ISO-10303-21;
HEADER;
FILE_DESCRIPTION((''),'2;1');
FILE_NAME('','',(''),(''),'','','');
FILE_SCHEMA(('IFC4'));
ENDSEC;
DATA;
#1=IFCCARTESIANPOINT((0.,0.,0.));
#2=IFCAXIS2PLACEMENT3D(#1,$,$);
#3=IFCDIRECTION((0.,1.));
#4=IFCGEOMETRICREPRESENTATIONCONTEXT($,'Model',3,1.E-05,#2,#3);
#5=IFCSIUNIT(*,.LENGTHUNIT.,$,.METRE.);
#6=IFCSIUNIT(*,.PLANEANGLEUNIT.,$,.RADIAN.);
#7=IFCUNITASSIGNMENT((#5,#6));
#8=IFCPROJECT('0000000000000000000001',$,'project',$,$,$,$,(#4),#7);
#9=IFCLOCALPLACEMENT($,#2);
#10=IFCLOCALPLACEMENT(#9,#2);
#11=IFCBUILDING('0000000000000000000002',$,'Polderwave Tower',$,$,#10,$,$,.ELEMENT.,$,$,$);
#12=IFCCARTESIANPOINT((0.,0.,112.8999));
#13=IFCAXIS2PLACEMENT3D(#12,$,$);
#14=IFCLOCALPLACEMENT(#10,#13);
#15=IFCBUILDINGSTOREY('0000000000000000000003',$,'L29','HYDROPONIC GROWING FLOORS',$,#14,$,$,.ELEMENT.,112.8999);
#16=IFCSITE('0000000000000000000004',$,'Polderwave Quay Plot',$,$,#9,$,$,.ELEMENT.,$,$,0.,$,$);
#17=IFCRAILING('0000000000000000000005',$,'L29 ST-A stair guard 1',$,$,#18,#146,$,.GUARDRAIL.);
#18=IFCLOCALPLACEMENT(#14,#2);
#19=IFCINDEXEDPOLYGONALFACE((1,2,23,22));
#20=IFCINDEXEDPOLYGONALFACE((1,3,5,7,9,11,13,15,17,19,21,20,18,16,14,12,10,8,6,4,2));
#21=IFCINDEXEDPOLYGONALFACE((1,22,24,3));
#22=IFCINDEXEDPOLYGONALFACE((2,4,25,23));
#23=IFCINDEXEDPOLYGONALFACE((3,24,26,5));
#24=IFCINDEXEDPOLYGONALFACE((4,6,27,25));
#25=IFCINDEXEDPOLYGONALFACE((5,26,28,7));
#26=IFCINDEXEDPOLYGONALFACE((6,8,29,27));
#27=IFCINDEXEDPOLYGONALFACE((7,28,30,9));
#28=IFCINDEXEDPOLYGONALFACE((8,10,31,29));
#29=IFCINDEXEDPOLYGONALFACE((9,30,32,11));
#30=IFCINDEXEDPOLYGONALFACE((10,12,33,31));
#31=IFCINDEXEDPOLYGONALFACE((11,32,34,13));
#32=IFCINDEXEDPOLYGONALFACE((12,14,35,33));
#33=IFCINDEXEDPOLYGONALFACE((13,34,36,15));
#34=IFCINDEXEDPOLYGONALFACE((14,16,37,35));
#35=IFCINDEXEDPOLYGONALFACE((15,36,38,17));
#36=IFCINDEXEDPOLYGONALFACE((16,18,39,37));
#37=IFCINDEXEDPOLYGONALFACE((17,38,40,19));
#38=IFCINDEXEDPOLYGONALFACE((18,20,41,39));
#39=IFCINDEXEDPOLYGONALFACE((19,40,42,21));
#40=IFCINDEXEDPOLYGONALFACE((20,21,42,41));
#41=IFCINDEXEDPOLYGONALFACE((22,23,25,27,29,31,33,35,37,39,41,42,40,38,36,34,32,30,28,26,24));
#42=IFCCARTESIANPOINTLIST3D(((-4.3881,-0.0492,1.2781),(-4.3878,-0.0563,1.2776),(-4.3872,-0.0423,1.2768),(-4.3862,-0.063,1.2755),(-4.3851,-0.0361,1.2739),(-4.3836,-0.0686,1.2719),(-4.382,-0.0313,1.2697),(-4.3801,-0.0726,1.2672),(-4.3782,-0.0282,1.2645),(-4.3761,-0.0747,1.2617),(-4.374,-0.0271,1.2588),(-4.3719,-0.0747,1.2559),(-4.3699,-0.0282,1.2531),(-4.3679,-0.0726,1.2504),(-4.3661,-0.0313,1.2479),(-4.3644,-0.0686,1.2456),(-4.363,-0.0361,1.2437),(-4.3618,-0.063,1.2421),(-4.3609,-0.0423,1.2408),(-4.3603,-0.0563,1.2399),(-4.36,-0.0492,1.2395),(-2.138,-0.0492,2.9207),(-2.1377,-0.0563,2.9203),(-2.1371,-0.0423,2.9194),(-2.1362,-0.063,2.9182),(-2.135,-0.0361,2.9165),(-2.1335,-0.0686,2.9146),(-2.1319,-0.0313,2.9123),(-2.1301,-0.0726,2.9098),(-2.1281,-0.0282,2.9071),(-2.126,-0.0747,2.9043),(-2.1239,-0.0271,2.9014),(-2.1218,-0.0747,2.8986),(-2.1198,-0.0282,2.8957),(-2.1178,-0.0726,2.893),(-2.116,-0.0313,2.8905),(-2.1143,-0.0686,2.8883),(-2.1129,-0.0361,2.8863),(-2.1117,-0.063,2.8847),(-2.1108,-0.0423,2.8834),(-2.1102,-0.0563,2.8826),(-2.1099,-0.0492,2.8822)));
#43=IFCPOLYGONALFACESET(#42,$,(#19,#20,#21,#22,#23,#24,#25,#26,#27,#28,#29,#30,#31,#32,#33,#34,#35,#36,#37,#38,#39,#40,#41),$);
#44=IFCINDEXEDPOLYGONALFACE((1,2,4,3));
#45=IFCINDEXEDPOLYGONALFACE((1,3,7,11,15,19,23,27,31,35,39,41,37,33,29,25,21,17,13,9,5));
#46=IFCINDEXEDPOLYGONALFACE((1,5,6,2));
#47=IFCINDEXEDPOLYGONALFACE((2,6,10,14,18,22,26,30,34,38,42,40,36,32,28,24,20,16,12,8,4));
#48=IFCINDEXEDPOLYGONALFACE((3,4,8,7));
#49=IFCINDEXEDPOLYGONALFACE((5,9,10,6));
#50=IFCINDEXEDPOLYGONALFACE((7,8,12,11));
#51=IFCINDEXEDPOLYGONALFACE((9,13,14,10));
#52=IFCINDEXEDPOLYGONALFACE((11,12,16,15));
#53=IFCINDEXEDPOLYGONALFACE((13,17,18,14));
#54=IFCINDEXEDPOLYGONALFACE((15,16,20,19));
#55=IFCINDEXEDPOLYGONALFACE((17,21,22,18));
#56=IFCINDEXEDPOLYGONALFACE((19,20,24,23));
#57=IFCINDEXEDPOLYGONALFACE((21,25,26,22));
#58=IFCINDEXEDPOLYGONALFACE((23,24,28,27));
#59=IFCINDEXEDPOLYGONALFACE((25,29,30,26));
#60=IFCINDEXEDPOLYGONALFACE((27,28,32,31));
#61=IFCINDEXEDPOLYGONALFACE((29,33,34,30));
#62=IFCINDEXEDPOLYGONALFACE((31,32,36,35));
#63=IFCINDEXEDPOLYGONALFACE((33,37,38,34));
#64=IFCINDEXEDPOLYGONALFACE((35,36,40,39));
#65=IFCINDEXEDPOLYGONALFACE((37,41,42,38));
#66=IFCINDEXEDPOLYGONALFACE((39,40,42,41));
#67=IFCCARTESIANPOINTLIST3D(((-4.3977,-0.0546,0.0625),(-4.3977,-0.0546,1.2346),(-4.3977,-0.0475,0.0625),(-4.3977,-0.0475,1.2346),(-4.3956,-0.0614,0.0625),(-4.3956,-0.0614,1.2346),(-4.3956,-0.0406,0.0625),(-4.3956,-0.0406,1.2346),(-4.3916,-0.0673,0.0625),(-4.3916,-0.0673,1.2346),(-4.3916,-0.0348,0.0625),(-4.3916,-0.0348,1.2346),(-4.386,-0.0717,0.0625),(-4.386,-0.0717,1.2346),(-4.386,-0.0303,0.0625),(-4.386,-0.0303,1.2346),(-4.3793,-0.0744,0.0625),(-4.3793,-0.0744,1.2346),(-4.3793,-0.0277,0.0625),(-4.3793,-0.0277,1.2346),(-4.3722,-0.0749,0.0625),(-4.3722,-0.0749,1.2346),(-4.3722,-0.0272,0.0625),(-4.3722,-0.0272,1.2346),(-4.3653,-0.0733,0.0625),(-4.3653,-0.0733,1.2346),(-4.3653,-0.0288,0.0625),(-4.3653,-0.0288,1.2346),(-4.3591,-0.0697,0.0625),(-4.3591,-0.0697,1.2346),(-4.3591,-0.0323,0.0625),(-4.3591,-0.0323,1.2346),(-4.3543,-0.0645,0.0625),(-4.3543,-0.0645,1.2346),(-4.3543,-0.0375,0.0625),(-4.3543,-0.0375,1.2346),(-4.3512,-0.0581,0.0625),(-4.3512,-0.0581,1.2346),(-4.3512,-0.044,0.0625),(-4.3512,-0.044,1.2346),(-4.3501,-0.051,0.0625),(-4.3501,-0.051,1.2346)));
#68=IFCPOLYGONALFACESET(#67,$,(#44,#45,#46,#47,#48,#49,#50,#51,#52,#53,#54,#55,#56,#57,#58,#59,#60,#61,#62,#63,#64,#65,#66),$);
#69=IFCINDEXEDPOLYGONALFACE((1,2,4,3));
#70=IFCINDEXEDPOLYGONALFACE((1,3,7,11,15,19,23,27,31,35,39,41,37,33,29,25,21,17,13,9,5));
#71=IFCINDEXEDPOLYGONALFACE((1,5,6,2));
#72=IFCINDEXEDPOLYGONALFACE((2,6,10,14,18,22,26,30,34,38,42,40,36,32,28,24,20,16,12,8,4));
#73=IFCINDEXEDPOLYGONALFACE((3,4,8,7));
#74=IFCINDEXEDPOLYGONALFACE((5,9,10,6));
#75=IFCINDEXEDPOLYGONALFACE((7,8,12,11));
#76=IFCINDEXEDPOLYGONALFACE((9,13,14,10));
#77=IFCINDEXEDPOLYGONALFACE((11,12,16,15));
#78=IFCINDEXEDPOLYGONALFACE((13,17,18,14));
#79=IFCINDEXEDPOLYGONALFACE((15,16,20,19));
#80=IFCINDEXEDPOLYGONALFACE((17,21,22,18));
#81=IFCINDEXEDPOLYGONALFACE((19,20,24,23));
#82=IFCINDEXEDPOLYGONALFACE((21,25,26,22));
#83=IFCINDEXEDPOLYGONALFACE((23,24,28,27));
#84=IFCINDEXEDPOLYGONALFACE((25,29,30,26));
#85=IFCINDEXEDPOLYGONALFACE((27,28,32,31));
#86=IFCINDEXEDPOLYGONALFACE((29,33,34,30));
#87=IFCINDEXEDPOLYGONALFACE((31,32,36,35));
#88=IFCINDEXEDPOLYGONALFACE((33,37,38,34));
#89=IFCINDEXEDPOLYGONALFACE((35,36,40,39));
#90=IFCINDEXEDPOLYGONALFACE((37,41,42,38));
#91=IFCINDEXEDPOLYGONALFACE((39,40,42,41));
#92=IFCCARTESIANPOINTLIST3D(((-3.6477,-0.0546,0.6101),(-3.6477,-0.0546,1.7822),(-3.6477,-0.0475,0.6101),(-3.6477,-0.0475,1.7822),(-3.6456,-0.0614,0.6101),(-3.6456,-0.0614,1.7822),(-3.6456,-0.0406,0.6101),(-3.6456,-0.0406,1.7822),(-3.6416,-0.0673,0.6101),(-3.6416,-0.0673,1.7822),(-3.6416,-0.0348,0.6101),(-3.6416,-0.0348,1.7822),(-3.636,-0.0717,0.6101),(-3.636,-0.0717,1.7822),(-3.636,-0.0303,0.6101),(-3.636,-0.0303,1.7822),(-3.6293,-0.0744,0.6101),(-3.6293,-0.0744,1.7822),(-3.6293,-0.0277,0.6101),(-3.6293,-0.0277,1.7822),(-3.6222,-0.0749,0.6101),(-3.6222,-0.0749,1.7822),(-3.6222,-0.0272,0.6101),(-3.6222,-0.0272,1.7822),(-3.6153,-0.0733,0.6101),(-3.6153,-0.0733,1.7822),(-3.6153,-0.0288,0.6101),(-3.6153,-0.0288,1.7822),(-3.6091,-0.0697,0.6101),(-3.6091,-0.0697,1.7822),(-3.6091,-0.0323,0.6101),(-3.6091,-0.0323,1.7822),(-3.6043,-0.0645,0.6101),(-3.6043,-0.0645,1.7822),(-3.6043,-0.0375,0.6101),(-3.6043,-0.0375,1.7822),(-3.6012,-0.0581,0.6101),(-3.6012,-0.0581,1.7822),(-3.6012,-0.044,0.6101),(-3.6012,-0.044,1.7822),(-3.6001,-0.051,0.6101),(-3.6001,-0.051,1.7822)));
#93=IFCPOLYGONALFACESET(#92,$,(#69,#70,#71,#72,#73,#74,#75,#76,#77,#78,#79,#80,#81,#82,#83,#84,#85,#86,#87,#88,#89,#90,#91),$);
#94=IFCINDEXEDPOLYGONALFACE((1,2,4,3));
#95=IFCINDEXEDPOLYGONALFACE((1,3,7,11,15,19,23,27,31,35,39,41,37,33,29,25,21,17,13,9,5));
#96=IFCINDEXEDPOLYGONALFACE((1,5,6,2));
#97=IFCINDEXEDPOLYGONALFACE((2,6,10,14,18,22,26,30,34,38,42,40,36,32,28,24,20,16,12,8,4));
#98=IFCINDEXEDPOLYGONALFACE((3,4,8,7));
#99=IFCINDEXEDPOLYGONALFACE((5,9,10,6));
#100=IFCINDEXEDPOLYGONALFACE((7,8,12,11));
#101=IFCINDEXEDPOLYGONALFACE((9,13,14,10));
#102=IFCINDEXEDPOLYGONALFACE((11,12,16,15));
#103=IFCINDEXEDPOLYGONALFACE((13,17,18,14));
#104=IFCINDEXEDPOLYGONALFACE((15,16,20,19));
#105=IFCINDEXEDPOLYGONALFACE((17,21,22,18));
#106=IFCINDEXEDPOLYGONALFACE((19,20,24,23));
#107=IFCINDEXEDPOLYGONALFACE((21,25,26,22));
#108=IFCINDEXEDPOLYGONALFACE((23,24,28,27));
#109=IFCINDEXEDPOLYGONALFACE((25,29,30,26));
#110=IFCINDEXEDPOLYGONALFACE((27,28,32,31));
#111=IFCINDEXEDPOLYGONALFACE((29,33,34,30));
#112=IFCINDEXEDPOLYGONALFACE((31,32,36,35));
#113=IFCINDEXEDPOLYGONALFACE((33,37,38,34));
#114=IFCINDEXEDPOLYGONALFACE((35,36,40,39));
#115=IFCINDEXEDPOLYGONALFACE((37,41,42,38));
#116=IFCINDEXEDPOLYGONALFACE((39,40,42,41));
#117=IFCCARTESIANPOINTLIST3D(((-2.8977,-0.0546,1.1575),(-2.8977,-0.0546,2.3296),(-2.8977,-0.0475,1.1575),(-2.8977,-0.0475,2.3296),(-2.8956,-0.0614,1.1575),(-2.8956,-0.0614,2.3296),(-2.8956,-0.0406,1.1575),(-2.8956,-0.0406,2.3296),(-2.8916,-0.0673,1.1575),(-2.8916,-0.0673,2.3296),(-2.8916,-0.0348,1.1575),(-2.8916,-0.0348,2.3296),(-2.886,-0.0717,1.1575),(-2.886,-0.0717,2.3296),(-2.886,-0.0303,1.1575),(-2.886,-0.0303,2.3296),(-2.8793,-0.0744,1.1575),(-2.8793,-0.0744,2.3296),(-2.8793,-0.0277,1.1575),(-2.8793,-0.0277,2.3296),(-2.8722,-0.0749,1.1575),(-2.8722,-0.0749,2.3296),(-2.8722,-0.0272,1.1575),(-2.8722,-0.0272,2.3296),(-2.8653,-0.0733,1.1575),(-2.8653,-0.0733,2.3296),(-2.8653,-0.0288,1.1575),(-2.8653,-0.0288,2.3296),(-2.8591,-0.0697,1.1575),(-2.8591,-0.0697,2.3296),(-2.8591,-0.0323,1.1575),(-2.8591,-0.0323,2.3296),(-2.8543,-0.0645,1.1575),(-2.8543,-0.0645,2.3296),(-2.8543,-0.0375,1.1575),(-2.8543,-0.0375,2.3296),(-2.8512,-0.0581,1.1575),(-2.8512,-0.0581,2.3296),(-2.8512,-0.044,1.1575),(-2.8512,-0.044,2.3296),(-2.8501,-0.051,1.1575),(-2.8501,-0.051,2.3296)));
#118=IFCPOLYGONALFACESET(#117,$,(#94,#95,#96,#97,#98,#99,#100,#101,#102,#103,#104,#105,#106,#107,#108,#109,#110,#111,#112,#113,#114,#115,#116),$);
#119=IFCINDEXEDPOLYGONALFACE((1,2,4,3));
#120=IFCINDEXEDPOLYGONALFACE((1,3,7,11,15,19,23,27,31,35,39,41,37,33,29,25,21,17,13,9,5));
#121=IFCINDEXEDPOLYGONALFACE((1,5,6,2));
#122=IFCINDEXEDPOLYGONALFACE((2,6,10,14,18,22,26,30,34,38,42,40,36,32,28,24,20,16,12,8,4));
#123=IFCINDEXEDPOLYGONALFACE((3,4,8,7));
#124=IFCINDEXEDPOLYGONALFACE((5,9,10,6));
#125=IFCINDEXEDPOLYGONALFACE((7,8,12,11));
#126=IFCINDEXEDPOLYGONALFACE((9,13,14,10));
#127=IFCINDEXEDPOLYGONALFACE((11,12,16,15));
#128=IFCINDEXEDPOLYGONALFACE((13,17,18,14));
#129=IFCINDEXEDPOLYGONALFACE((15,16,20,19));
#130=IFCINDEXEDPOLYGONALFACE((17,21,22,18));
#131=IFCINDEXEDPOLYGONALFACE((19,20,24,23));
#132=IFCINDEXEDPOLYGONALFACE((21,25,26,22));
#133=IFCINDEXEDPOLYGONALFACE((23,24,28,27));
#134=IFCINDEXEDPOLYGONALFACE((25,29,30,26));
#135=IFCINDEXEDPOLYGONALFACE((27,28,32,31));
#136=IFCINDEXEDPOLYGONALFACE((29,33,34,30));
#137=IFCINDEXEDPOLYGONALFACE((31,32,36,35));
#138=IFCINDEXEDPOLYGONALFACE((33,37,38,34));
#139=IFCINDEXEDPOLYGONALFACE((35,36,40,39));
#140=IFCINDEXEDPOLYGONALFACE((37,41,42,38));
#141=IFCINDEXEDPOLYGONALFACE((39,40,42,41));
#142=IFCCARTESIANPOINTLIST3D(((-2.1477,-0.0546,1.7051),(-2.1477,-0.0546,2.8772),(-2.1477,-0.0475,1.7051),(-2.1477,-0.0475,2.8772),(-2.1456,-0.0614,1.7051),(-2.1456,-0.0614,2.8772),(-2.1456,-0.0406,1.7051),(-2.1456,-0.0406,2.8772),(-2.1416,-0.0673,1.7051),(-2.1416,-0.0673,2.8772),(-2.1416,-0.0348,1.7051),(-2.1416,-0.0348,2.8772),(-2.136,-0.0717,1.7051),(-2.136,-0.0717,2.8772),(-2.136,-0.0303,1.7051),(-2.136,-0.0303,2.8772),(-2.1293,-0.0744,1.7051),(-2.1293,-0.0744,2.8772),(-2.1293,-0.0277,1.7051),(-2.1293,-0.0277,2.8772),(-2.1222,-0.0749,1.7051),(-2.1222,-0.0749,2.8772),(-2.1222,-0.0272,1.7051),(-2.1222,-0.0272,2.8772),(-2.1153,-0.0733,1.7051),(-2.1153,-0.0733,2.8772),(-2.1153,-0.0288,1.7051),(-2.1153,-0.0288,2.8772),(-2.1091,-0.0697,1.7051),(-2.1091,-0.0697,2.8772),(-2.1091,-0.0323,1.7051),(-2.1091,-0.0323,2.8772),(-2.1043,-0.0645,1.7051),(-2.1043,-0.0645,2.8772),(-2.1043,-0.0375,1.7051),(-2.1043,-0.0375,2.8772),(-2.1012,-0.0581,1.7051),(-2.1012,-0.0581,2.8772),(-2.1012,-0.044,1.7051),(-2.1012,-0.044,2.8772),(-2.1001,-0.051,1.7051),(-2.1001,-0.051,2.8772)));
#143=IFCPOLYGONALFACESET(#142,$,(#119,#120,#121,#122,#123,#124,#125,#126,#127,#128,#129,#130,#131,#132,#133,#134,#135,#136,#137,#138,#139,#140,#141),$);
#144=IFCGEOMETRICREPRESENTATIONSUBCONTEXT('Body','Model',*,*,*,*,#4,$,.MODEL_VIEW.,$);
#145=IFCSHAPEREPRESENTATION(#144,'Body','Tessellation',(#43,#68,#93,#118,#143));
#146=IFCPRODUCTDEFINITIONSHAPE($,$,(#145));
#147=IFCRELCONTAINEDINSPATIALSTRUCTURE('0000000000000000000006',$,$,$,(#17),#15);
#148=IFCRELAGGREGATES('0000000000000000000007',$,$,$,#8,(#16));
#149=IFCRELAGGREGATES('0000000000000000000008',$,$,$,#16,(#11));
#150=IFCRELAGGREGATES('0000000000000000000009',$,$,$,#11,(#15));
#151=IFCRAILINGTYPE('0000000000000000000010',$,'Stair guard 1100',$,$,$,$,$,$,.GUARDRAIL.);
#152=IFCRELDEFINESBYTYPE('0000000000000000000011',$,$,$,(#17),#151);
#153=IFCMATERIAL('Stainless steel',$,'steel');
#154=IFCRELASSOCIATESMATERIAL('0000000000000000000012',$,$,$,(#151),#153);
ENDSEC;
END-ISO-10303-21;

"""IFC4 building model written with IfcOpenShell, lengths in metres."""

from ifc_helpers import new_model, si_unit, direction, frame, origin, origin_2d, place, context, subcontext, project, spatial, circle, extrude, material, type_object, element, save


model = new_model("IFC4")

# Units and contexts
model_context = context("Model", 3, precision=1e-05, world=origin(), true_north=direction((0.0, 1.0)))
body_context = subcontext(model_context, "Body", "Model", "MODEL_VIEW")
ifc_project = project(units=[si_unit("LENGTHUNIT", "METRE"), si_unit("PLANEANGLEUNIT", "RADIAN")], contexts=[model_context])

# Site, building, storey
site_placement = place(None, origin())
site = spatial("IfcSite", under=ifc_project, at=site_placement, Name="Polderwave Quay Plot", CompositionType="ELEMENT", RefElevation=0.0)
building_placement = place(site_placement, origin())
building = spatial("IfcBuilding", under=site, at=building_placement, Name="Polderwave Tower", CompositionType="ELEMENT")
storey_placement = place(building_placement, frame((0.0, 0.0, 112.8999)))
storey = spatial("IfcBuildingStorey", under=building, at=storey_placement, Name="L29", Description="HYDROPONIC GROWING FLOORS", CompositionType="ELEMENT", Elevation=112.8999)

# Railing
ifc_material_1 = material(Name="Stainless steel", Category="steel")
railing_type_1 = type_object("IfcRailingType", Name="Stair guard 1100", PredefinedType="GUARDRAIL", material=ifc_material_1)
railing_1_placement = place(storey_placement, frame((-4.374, -0.051, 0.0625)))
element("IfcRailing", 1, at=railing_1_placement, inside=storey, type_object=railing_type_1, Name="L29 ST-A stair guard 1", PredefinedType="GUARDRAIL", context=body_context, shape_type="SweptSolid", body=[
    extrude(circle(Radius=0.0239, at=origin_2d()), frame((0.0, 0.0, 1.1963), z_axis=(0.807674, 0.0, 0.58963), x_axis=(0.0, 1.0, 0.0)), (0.0, 0.0, 1.0), 2.7859),
    extrude(circle(Radius=0.0239, at=origin_2d()), origin(), (0.0, 0.0, 1.0), 1.1721),
    extrude(circle(Radius=0.0239, at=origin_2d()), frame((0.75, 0.0, 0.5476)), (0.0, 0.0, 1.0), 1.1721),
    extrude(circle(Radius=0.0239, at=origin_2d()), frame((1.5, 0.0, 1.095)), (0.0, 0.0, 1.0), 1.1721),
    extrude(circle(Radius=0.0239, at=origin_2d()), frame((2.25, 0.0, 1.6426)), (0.0, 0.0, 1.0), 1.1721),
])

save(model, "model.ifc")
